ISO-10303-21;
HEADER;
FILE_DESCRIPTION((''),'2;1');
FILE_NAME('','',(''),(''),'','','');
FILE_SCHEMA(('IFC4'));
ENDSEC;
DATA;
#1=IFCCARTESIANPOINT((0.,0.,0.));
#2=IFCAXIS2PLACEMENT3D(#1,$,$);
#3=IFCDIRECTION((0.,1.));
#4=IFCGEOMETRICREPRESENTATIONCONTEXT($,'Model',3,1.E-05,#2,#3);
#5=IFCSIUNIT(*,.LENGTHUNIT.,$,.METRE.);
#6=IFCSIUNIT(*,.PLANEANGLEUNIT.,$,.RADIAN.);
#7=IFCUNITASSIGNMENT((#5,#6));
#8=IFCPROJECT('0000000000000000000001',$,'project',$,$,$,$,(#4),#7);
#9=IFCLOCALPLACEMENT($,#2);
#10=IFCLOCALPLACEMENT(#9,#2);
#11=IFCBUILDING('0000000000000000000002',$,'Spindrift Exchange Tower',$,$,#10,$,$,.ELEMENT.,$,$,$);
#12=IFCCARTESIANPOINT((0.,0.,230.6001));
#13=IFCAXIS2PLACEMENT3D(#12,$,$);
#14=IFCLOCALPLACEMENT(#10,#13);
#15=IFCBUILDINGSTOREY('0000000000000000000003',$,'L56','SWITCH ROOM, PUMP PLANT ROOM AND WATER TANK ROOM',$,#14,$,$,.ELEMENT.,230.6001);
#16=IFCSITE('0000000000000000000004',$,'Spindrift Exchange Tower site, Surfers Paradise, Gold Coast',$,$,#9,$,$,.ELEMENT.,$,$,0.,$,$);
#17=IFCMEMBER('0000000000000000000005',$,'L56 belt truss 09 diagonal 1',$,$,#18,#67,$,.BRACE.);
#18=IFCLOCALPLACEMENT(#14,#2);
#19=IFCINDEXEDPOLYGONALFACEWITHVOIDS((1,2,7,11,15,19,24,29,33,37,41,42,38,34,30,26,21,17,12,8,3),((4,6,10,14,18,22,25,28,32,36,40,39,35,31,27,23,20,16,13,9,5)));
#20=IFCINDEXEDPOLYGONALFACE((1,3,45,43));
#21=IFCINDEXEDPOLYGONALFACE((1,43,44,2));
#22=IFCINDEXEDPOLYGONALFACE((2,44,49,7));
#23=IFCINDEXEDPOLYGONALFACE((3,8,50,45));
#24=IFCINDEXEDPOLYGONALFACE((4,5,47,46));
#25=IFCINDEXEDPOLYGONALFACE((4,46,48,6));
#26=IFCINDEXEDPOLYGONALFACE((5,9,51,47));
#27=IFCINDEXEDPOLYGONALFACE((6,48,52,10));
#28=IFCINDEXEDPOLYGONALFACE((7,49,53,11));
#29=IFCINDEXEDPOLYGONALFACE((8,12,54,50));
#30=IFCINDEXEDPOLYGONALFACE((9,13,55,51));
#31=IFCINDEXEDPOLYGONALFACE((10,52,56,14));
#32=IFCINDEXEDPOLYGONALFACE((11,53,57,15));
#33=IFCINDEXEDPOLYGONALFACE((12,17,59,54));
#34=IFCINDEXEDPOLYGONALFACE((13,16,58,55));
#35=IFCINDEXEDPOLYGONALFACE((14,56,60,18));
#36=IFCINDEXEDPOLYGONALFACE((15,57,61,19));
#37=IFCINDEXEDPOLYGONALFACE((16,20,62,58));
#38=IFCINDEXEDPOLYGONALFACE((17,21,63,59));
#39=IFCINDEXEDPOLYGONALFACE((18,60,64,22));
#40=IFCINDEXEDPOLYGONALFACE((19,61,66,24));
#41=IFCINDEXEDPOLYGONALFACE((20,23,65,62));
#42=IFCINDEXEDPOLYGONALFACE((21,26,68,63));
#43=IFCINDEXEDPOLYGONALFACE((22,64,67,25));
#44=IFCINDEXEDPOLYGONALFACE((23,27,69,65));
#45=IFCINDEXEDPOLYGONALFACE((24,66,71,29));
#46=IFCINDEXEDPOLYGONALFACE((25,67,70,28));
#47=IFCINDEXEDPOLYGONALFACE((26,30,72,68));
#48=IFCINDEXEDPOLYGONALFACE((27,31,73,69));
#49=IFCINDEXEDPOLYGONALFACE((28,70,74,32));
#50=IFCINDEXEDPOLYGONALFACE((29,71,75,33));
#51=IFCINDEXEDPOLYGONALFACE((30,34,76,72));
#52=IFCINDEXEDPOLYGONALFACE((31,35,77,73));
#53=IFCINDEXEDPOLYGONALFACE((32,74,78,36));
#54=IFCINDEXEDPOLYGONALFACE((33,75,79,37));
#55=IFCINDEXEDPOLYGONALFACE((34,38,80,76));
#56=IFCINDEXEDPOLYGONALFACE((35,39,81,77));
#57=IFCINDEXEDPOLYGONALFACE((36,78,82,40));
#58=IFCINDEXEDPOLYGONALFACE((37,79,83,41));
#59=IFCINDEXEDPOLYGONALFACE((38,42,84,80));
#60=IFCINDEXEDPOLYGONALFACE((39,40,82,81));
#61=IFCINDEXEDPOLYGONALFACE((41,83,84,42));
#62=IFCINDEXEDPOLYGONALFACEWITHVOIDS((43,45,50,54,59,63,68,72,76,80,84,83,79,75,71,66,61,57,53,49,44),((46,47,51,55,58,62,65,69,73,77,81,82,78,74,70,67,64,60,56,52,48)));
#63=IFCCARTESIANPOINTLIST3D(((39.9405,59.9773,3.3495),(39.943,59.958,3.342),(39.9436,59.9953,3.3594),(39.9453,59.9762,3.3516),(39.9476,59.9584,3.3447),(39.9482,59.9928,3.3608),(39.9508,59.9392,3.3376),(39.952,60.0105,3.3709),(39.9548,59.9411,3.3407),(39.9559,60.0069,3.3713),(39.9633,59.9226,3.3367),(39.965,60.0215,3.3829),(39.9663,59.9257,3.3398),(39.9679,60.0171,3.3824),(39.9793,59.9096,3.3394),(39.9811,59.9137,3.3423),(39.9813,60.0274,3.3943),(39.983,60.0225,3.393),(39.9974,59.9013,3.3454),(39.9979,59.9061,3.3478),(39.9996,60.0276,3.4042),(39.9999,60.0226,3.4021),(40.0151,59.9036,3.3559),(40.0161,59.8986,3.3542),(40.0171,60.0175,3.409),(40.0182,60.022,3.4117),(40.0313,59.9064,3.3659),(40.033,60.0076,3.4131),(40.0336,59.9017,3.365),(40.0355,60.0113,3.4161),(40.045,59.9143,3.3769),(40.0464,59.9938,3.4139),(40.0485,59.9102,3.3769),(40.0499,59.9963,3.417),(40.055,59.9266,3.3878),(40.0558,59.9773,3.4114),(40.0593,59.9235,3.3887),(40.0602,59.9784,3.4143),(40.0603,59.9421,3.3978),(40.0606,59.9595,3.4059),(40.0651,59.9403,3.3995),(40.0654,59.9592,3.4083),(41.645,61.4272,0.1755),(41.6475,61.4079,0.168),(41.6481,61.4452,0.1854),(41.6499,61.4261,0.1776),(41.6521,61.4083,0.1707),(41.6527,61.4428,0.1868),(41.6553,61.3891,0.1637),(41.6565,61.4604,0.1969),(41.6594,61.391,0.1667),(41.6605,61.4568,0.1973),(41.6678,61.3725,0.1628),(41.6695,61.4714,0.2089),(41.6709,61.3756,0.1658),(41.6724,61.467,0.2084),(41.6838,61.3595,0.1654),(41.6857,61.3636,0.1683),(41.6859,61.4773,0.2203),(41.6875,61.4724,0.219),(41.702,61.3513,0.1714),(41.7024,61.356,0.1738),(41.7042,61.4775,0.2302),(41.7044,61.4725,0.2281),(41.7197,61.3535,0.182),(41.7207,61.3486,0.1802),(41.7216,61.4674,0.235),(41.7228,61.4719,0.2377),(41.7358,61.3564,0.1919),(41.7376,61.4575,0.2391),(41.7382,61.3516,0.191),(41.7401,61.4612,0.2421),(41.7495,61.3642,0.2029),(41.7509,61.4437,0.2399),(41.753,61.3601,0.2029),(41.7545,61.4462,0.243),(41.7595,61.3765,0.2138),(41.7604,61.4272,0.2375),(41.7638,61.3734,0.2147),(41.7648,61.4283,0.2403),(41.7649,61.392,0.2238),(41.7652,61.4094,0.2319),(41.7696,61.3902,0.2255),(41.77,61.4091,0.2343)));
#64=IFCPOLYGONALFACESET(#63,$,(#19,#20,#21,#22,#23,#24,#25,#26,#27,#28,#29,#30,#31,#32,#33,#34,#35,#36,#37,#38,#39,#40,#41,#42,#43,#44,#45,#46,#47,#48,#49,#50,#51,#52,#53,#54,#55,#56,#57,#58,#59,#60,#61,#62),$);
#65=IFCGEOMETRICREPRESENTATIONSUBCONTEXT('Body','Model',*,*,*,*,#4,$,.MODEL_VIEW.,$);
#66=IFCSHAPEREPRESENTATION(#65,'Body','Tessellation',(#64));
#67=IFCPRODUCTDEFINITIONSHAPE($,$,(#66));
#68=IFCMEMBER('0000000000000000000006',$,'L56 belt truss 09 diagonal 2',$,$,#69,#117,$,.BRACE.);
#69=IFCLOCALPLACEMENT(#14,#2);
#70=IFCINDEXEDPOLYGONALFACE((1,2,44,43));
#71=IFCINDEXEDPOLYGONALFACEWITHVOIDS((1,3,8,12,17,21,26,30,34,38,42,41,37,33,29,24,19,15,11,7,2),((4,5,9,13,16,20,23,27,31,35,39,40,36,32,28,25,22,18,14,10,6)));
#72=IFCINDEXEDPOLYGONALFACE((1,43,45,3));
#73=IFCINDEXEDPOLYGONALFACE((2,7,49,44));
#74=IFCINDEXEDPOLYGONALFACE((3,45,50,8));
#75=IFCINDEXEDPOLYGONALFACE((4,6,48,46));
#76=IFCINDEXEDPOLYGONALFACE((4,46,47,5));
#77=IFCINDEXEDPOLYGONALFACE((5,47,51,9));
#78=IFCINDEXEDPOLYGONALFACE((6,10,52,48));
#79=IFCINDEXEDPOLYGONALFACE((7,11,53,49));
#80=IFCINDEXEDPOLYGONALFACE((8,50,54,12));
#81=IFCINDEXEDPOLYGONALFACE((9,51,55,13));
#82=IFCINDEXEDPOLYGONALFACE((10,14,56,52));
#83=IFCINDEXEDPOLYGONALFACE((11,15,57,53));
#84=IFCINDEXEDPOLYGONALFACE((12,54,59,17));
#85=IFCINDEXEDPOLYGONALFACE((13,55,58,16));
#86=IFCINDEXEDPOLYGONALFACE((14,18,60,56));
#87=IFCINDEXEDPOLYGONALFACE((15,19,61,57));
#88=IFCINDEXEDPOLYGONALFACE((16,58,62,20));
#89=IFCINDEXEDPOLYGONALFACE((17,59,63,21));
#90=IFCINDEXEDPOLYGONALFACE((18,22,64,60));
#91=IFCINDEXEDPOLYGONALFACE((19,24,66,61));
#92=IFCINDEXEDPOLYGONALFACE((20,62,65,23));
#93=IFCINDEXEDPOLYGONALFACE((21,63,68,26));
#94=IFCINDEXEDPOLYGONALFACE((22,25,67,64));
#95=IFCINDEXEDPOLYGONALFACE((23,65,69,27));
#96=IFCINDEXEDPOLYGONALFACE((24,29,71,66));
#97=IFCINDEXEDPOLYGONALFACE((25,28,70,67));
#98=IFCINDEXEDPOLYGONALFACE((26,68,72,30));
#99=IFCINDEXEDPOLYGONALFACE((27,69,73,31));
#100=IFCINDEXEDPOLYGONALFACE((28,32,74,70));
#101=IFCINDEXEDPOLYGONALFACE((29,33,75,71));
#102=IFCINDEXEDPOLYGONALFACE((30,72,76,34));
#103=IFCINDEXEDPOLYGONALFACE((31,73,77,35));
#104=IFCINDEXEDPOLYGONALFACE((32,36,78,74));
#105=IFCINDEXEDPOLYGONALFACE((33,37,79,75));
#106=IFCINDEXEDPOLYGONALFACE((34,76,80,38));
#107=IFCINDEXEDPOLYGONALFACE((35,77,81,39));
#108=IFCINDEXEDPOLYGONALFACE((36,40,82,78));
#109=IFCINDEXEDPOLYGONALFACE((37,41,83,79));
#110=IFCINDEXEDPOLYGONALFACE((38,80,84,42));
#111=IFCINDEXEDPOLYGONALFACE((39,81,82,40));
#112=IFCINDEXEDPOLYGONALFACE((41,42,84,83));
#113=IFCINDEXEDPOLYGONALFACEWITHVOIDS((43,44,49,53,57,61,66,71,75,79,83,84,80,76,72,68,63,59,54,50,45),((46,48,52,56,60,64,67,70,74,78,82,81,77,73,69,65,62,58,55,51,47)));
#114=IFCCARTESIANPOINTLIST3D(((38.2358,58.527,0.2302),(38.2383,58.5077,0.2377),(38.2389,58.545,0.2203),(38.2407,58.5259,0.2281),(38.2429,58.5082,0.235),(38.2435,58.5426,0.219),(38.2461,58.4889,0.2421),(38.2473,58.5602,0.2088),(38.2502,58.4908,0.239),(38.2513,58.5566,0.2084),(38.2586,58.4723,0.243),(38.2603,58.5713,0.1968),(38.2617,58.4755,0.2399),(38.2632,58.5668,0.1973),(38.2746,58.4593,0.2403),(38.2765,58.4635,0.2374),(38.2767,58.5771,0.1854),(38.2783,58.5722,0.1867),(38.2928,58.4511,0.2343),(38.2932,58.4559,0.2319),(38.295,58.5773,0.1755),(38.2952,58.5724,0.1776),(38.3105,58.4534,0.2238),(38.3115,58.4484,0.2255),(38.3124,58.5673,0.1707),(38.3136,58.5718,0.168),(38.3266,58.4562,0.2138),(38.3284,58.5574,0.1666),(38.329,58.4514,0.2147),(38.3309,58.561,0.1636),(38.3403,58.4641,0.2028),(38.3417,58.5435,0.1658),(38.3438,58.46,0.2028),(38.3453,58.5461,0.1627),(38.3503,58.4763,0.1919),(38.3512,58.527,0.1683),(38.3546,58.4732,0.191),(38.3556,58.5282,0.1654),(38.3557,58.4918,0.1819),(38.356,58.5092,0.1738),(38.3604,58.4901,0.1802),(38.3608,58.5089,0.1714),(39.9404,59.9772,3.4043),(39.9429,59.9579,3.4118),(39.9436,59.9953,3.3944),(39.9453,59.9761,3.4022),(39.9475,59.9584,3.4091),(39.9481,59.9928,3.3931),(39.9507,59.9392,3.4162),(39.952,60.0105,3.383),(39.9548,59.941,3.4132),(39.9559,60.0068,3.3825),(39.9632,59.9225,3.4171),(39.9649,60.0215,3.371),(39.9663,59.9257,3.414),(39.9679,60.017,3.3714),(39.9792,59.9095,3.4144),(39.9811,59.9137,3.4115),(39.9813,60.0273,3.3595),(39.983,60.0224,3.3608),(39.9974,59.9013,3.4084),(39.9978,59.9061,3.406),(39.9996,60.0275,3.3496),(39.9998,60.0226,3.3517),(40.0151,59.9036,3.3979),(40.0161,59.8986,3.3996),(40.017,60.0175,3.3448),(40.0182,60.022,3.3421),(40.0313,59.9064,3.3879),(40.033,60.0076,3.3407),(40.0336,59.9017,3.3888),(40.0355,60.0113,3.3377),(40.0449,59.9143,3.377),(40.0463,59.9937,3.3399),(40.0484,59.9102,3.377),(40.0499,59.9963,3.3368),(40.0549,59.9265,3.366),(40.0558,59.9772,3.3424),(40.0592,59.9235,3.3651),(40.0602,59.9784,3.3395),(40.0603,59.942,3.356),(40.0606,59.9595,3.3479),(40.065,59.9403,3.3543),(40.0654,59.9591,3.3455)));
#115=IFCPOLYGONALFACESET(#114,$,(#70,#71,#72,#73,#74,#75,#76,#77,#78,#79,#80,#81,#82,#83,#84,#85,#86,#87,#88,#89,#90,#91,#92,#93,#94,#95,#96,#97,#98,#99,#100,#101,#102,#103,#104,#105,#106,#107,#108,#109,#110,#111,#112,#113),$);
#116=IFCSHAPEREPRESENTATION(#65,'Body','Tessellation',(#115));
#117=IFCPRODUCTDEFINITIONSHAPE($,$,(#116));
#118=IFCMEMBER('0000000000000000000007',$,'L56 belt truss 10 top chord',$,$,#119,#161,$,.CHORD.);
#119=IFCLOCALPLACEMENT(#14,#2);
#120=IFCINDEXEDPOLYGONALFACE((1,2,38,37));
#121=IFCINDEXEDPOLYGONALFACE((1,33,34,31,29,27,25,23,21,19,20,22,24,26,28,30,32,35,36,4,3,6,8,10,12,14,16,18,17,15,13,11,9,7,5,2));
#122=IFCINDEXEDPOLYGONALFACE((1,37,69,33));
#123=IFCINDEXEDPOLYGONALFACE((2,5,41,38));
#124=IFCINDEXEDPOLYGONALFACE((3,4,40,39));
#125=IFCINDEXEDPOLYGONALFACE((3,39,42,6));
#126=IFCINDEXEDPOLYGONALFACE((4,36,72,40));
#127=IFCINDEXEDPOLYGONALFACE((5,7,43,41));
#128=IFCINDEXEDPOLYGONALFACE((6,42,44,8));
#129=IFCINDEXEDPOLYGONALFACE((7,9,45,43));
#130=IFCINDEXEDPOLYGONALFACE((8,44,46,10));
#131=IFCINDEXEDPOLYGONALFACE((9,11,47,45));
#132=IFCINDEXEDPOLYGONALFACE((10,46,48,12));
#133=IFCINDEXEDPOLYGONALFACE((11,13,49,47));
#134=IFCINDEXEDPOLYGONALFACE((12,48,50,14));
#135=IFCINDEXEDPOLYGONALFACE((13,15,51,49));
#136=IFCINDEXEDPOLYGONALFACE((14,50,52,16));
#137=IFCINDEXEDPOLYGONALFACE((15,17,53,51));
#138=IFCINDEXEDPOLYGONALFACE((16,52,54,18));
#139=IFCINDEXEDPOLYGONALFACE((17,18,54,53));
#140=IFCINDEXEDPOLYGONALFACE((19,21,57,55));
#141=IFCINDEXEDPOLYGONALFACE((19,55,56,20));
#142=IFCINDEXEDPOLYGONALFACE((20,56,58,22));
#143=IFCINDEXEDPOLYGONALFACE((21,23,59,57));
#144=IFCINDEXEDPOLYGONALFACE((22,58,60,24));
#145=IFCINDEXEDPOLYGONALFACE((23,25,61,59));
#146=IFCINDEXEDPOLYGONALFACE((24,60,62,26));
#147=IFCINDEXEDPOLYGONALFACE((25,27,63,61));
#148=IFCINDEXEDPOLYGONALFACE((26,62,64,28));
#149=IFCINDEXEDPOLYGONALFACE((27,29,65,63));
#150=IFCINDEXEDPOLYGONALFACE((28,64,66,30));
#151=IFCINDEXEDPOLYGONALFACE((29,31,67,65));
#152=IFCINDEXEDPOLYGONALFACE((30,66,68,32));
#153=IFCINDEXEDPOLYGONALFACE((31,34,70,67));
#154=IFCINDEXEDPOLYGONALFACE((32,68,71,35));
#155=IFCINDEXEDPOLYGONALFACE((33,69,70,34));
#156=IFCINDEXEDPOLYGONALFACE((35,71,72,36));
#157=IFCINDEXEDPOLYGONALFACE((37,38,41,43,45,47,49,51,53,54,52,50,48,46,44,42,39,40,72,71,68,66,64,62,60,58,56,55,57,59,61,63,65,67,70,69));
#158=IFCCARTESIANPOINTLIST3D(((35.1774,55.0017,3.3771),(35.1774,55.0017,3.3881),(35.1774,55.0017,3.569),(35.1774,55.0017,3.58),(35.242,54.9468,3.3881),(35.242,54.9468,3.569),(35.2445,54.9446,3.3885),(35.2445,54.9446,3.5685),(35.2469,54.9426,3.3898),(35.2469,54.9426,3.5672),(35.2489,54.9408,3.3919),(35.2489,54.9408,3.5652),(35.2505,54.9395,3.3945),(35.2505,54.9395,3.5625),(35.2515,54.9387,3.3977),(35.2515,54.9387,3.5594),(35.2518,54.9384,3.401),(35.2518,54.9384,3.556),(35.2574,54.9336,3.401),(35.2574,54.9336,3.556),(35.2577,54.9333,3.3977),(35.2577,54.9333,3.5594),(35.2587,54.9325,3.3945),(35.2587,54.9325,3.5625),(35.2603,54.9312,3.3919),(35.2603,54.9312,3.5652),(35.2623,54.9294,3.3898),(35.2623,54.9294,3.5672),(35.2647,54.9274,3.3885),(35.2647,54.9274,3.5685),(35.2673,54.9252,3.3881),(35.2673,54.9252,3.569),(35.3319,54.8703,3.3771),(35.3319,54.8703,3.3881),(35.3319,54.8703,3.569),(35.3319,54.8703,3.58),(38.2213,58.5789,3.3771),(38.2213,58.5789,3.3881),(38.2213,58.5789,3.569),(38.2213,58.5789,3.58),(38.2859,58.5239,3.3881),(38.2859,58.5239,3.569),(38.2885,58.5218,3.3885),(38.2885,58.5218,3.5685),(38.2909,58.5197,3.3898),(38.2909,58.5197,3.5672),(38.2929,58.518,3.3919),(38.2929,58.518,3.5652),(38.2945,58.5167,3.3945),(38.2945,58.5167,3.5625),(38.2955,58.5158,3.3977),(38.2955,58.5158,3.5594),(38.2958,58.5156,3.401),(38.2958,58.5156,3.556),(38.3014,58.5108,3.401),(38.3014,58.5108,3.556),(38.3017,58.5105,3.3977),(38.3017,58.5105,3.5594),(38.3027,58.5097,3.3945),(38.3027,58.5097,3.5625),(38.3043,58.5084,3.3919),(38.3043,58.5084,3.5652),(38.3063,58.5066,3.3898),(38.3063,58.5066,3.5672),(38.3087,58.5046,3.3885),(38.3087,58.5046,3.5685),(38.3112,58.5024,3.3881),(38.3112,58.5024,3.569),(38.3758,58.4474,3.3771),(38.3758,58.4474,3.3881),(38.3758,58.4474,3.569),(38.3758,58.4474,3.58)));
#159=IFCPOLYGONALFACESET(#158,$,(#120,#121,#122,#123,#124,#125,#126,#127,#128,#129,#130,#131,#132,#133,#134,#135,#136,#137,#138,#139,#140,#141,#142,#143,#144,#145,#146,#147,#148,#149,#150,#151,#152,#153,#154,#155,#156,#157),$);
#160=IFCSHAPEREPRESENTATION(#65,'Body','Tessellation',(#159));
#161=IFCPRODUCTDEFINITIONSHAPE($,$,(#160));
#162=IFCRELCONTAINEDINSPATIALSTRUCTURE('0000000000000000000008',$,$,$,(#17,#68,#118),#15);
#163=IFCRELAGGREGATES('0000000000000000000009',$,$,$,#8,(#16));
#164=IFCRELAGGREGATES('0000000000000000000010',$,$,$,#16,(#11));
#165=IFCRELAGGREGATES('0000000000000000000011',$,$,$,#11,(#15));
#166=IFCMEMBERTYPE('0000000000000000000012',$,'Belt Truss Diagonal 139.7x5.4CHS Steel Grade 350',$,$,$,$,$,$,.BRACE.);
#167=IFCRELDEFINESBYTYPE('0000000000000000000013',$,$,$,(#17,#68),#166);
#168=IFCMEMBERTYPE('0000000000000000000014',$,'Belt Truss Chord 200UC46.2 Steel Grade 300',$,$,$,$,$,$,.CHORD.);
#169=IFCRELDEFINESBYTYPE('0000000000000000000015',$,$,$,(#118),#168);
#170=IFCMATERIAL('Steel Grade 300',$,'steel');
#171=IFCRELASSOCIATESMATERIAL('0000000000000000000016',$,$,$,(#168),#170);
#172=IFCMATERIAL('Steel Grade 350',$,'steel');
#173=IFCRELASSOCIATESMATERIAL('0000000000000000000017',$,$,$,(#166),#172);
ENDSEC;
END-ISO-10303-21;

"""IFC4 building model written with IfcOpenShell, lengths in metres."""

from ifc_helpers import new_model, si_unit, direction, frame, origin, origin_2d, place, context, subcontext, project, spatial, hollow_circle, i_section, extrude, source, transform, mapped, material, material_profile, profile_set, type_object, element, save


model = new_model("IFC4")

# Units and contexts
model_context = context("Model", 3, precision=1e-05, world=origin(), true_north=direction((0.0, 1.0)))
body_context = subcontext(model_context, "Body", "Model", "MODEL_VIEW")
ifc_project = project(units=[si_unit("LENGTHUNIT", "METRE"), si_unit("PLANEANGLEUNIT", "RADIAN")], contexts=[model_context])

# Site, building, storey
site_placement = place(None, origin())
site = spatial("IfcSite", under=ifc_project, at=site_placement, Name="Spindrift Exchange Tower site, Surfers Paradise, Gold Coast", CompositionType="ELEMENT", RefElevation=0.0)
building_placement = place(site_placement, origin())
building = spatial("IfcBuilding", under=site, at=building_placement, Name="Spindrift Exchange Tower", CompositionType="ELEMENT")
storey_placement = place(building_placement, frame((0.0, 0.0, 230.6001)))
storey = spatial("IfcBuildingStorey", under=building, at=storey_placement, Name="L56", Description="SWITCH ROOM, PUMP PLANT ROOM AND WATER TANK ROOM", CompositionType="ELEMENT", Elevation=230.6001)

# Shared definitions
ifc_material_1 = material(Name="Steel Grade 300", Category="steel")

# Members
ifc_material_profile_1 = material_profile(ifc_material_1, i_section(OverallWidth=0.2029, OverallDepth=0.2029, WebThickness=0.0073, FlangeThickness=0.011, FilletRadius=0.0129, at=origin_2d()), Name="200UC46.2")
ifc_profile_set_1 = profile_set([ifc_material_profile_1], Name="Steel Grade 300")
member_type_1 = type_object("IfcMemberType", Name="Belt Truss Chord 200UC46.2 Steel Grade 300", PredefinedType="CHORD", material=ifc_profile_set_1)
ifc_material_2 = material(Name="Steel Grade 350", Category="steel")
ifc_material_profile_2 = material_profile(ifc_material_2, hollow_circle(Radius=0.0698, WallThickness=0.0054, at=origin_2d()), Name="139.7x5.4CHS")
ifc_profile_set_2 = profile_set([ifc_material_profile_2], Name="Steel Grade 350")
member_type_2 = type_object("IfcMemberType", Name="Belt Truss Diagonal 139.7x5.4CHS Steel Grade 350", PredefinedType="BRACE", material=ifc_profile_set_2)
shared_shape_1 = source(origin(), body_context, "Body", "SweptSolid", [
    extrude(hollow_circle(Radius=0.0698, WallThickness=0.0054, at=origin_2d()), origin(), (0.0, 0.0, 1.0), 3.8835),
])
member_1_placement = place(storey_placement, frame((41.7078, 61.4133, 0.2029), z_axis=(-0.438915, -0.373348, 0.817291), x_axis=(0.647921, -0.761708, 0.0)))
element("IfcMember", 1, at=member_1_placement, inside=storey, type_object=member_type_2, Name="L56 belt truss 09 diagonal 1", PredefinedType="BRACE", context=body_context, shape_type="MappedRepresentation", body=[
    mapped(shared_shape_1, transform((0.0, 0.0, 0.0), scale=1.0)),
])
shared_shape_2 = source(origin(), body_context, "Body", "SweptSolid", [
    extrude(hollow_circle(Radius=0.0698, WallThickness=0.0054, at=origin_2d()), origin(), (0.0, 0.0, 1.0), 3.8838),
])
member_2_placement = place(storey_placement, frame((40.0032, 59.9634, 3.377), z_axis=(-0.438904, -0.373402, -0.817272), x_axis=(0.647984, -0.761654, 0.0)))
element("IfcMember", 2, at=member_2_placement, inside=storey, type_object=member_type_2, Name="L56 belt truss 09 diagonal 2", PredefinedType="BRACE", context=body_context, shape_type="MappedRepresentation", body=[
    mapped(shared_shape_2, transform((0.0, 0.0, 0.0), scale=1.0)),
])
shared_shape_3 = source(origin(), body_context, "Body", "SweptSolid", [
    extrude(i_section(OverallWidth=0.2029, OverallDepth=0.2029, WebThickness=0.0073, FlangeThickness=0.011, FilletRadius=0.0129, at=origin_2d()), origin(), (0.0, 0.0, 1.0), 4.697),
])
for number, where, z_axis, x_axis, name in (
    (3, (38.2986, 58.5132, 3.4785), (-0.648065, -0.761585, 0.0), (0.761585, -0.648065, 0.0), "L56 belt truss 10 top chord"),
):
    element("IfcMember", number, at=place(storey_placement, frame(where, z_axis=z_axis, x_axis=x_axis)), inside=storey, type_object=member_type_1, Name=name, PredefinedType="CHORD", context=body_context, shape_type="MappedRepresentation", body=[
        mapped(shared_shape_3, transform((0.0, 0.0, 0.0), scale=1.0)),
    ])

save(model, "model.ifc")
